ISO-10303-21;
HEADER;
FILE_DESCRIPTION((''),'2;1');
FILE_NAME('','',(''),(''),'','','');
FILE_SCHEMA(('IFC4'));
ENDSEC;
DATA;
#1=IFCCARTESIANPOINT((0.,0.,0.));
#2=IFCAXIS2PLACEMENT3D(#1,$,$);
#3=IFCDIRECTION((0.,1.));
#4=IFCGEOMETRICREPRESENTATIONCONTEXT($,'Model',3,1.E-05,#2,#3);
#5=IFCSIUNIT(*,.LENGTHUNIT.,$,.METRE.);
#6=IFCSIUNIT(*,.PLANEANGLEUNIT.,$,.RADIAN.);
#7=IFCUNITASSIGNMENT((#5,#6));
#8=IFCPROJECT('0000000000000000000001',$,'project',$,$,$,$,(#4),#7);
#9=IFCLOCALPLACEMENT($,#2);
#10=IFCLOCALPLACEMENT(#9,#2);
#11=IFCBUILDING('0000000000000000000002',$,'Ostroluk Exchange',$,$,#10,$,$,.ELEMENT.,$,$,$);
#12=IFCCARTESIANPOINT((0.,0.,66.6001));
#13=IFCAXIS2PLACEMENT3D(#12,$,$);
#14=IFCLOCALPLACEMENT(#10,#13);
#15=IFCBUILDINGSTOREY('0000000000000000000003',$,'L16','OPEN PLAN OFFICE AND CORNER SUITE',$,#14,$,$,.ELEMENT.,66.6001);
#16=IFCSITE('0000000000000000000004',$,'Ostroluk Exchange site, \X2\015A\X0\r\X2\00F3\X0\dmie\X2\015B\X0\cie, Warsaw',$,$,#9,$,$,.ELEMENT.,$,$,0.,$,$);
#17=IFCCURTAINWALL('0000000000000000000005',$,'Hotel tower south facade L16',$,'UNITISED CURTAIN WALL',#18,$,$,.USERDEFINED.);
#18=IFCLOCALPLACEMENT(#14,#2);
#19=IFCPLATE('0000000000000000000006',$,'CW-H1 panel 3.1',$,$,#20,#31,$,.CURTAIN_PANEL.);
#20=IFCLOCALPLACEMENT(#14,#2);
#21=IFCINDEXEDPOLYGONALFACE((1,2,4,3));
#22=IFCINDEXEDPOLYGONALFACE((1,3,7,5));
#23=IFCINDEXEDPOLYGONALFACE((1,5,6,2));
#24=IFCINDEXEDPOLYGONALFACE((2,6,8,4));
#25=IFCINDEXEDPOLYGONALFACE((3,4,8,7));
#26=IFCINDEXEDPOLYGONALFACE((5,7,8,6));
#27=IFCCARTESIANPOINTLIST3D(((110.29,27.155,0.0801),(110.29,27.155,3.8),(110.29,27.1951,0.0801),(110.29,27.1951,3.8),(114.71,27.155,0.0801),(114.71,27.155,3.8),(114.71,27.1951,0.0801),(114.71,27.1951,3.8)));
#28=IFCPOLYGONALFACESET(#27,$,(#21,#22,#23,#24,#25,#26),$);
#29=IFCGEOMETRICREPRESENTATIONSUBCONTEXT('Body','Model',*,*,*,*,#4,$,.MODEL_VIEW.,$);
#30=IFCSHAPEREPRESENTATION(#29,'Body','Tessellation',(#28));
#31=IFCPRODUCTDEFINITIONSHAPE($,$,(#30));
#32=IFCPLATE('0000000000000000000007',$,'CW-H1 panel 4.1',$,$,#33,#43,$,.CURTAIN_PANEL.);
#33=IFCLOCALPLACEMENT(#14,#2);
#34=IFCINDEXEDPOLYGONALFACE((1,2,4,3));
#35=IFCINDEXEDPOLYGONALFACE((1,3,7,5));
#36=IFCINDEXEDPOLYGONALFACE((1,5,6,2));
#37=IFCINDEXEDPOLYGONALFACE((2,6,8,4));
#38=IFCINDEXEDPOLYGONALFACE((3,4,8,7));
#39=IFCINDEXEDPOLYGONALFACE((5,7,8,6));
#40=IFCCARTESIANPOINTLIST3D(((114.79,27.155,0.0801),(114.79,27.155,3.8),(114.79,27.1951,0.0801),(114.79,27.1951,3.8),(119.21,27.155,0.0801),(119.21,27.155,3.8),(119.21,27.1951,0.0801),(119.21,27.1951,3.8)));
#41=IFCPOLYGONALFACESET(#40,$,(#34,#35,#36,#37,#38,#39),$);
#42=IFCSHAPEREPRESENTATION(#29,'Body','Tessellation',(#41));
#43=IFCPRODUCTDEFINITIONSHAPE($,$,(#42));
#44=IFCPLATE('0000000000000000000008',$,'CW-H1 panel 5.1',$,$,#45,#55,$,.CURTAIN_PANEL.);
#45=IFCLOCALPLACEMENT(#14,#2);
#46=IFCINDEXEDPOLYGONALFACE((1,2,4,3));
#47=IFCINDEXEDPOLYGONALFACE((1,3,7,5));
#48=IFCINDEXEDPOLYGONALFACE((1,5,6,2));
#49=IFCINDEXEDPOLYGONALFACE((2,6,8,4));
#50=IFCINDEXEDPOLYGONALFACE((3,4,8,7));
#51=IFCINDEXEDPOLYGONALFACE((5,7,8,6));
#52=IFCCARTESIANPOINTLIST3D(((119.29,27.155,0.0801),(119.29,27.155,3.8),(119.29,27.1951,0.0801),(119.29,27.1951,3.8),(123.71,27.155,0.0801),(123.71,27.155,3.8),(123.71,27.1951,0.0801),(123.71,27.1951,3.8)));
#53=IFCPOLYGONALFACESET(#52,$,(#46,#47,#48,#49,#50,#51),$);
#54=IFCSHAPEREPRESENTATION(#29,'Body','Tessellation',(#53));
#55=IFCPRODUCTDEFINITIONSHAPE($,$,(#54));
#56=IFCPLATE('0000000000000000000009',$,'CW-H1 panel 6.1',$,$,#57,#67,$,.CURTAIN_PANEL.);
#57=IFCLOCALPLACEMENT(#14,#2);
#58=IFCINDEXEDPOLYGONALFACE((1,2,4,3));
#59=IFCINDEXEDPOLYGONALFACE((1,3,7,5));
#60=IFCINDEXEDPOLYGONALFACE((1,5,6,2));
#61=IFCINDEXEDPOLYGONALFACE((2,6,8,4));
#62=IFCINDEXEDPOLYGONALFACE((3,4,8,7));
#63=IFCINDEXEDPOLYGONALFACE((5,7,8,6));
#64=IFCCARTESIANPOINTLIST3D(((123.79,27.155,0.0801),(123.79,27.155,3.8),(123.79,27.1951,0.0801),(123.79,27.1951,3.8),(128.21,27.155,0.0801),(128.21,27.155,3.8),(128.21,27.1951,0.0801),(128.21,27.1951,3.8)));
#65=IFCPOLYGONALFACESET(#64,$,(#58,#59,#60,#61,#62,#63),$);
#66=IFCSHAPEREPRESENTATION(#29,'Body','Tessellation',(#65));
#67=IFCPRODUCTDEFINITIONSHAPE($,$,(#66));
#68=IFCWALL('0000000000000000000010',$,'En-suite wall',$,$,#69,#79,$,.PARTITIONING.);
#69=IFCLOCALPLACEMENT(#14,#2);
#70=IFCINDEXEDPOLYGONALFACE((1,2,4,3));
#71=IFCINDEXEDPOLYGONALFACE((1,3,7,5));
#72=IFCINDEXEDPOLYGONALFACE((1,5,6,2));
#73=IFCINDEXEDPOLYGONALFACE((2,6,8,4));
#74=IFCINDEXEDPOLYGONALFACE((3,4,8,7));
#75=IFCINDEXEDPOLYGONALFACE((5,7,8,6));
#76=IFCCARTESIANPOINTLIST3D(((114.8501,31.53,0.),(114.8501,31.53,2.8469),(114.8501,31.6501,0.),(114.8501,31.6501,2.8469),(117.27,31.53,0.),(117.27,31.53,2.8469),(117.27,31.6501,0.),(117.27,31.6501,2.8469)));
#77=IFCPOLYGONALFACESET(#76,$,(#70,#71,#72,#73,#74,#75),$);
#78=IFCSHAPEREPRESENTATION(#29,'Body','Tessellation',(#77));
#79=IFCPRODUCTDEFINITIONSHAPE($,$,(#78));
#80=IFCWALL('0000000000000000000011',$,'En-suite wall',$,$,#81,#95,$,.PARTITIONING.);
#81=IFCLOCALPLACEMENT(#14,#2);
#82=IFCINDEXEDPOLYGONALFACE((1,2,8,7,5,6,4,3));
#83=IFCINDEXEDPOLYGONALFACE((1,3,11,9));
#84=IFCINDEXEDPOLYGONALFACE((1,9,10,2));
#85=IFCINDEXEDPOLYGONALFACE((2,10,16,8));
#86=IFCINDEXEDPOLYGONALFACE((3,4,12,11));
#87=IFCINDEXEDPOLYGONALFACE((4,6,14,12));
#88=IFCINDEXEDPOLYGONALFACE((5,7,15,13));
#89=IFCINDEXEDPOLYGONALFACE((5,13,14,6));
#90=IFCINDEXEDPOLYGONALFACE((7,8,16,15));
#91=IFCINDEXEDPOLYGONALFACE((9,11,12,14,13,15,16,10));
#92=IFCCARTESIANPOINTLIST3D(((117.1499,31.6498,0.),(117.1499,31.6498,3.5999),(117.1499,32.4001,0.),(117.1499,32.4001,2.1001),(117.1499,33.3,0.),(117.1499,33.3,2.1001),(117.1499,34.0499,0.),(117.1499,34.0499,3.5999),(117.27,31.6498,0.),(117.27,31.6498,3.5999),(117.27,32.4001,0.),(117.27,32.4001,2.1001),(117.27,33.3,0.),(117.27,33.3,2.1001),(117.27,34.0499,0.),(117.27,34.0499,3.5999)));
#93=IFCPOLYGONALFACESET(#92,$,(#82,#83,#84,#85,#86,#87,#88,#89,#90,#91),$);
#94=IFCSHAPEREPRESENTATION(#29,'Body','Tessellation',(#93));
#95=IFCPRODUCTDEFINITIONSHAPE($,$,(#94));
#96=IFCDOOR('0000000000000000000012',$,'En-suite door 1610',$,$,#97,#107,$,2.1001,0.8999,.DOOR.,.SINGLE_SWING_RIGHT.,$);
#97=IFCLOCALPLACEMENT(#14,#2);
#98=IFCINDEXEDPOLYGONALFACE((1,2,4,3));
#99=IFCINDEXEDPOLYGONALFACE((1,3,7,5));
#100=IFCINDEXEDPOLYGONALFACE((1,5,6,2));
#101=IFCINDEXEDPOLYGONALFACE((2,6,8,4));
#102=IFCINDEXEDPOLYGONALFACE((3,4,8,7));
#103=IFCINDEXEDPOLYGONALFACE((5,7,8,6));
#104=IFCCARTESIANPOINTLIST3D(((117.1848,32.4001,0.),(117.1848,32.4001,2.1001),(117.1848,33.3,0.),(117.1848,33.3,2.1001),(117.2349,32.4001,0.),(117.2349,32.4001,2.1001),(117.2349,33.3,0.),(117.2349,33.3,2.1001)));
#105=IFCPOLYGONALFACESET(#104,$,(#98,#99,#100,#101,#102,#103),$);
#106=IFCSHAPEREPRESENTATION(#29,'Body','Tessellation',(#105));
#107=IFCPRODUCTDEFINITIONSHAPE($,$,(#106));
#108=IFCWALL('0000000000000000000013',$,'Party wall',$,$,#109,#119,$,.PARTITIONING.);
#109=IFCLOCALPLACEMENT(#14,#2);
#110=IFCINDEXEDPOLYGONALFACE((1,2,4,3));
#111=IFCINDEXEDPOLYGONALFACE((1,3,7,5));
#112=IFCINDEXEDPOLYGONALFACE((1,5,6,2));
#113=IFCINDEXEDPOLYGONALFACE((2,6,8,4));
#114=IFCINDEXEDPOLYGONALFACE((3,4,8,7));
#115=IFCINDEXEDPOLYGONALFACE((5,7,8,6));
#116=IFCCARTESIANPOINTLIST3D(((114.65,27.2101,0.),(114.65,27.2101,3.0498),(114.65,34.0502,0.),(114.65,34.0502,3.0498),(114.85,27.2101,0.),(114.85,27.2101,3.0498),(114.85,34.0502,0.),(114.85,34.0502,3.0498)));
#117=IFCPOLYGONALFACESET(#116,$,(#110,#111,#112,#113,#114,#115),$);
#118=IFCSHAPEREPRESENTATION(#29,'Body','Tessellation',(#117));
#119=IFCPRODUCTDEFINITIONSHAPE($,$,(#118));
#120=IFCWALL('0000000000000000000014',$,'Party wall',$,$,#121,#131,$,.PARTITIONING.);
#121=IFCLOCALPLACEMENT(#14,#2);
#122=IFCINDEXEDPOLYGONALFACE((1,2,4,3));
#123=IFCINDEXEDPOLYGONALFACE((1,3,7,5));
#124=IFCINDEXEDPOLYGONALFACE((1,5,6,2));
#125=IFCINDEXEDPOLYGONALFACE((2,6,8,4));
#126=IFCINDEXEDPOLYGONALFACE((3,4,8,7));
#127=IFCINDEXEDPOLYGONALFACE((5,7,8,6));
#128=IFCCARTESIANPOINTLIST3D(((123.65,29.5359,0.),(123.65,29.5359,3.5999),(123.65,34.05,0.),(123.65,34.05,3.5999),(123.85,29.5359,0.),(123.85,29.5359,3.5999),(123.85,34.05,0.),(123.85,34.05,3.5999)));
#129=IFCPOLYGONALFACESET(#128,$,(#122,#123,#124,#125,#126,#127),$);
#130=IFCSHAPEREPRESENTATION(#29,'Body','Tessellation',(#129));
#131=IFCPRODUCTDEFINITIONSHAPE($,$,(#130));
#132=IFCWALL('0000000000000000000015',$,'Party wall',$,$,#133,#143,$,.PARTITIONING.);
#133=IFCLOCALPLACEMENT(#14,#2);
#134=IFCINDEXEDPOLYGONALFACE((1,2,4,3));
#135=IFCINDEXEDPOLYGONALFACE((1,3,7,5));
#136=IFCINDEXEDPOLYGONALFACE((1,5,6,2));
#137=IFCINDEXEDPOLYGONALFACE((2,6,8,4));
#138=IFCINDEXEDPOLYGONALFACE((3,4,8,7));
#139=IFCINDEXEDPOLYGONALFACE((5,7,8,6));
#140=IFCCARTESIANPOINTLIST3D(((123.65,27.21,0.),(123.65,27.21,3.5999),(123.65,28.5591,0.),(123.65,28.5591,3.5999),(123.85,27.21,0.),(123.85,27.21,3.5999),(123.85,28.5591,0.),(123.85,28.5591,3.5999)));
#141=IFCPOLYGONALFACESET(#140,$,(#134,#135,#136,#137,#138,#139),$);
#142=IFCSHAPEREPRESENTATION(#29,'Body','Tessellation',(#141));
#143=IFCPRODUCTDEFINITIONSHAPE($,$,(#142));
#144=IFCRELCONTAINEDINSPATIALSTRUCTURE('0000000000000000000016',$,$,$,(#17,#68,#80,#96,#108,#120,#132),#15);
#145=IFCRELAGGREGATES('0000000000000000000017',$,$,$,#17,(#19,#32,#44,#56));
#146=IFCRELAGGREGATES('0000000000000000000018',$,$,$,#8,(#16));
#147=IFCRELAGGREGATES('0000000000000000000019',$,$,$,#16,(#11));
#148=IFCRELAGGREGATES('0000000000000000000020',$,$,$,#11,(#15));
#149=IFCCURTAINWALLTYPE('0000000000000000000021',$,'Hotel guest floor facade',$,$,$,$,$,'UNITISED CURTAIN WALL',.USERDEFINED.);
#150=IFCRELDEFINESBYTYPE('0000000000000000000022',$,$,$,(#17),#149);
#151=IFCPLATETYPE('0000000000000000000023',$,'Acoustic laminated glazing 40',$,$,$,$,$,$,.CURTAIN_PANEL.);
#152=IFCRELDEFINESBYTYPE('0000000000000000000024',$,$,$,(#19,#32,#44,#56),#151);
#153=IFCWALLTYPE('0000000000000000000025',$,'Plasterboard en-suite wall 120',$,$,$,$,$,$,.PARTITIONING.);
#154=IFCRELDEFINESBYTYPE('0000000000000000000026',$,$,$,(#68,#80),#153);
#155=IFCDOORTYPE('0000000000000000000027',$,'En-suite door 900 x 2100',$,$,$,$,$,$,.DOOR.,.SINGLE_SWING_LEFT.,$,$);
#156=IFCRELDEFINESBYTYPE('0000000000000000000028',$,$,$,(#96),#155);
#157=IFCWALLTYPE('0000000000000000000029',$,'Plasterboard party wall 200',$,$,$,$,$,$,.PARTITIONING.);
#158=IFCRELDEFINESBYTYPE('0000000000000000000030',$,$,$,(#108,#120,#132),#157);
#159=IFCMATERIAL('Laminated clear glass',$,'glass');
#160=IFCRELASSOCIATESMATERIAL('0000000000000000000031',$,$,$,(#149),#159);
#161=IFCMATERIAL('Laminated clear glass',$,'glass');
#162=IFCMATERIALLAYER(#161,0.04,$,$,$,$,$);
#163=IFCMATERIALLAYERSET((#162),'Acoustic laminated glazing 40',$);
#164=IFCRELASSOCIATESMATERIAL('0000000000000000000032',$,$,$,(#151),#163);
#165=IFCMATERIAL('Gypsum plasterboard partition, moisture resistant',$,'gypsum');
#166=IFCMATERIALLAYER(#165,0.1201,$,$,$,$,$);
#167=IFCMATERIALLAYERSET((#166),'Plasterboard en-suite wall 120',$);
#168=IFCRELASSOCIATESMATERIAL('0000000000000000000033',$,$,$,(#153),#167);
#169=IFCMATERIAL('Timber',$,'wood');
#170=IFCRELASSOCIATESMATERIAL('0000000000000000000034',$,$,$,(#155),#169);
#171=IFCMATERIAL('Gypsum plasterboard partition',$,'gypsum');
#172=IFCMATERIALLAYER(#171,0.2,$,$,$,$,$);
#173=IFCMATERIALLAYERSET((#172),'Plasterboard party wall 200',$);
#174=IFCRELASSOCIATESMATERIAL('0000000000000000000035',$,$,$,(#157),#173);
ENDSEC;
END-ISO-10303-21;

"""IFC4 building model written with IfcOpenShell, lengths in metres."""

from ifc_helpers import new_model, si_unit, direction, frame, frame_2d, origin, origin_2d, place, context, subcontext, project, spatial, rectangle, extrude, material, layer, layer_set, type_object, element, fill, aggregate, save


model = new_model("IFC4")

# Units and contexts
model_context = context("Model", 3, precision=1e-05, world=origin(), true_north=direction((0.0, 1.0)))
body_context = subcontext(model_context, "Body", "Model", "MODEL_VIEW")
ifc_project = project(units=[si_unit("LENGTHUNIT", "METRE"), si_unit("PLANEANGLEUNIT", "RADIAN")], contexts=[model_context])

# Site, building, storey
site_placement = place(None, origin())
site = spatial("IfcSite", under=ifc_project, at=site_placement, Name="Ostroluk Exchange site, Śródmieście, Warsaw", CompositionType="ELEMENT", RefElevation=0.0)
building_placement = place(site_placement, origin())
building = spatial("IfcBuilding", under=site, at=building_placement, Name="Ostroluk Exchange", CompositionType="ELEMENT")
storey_placement = place(building_placement, frame((0.0, 0.0, 66.6001)))
storey = spatial("IfcBuildingStorey", under=building, at=storey_placement, Name="L16", Description="OPEN PLAN OFFICE AND CORNER SUITE", CompositionType="ELEMENT", Elevation=66.6001)

# Curtain wall, plates
ifc_material_1 = material(Name="Laminated clear glass", Category="glass")
curtain_wall_type = type_object("IfcCurtainWallType", Name="Hotel guest floor facade", ElementType="UNITISED CURTAIN WALL", PredefinedType="USERDEFINED", material=ifc_material_1)
curtain_wall_placement = place(storey_placement, origin())
curtain_wall = element("IfcCurtainWall", 1, at=curtain_wall_placement, inside=storey, type_object=curtain_wall_type, Name="Hotel tower south facade L16", ObjectType="UNITISED CURTAIN WALL", PredefinedType="USERDEFINED")
ifc_material_2 = material(Name="Laminated clear glass", Category="glass")
ifc_layer_1 = layer(ifc_material_2, 0.04)
ifc_layer_set_1 = layer_set([ifc_layer_1], Name="Acoustic laminated glazing 40")
plate_type = type_object("IfcPlateType", Name="Acoustic laminated glazing 40", PredefinedType="CURTAIN_PANEL", material=ifc_layer_set_1)
plate_1_placement = place(storey_placement, frame((112.5, 27.175, 0.0801), z_axis=(0.0, 0.0, 1.0), x_axis=(1.0, 0.0, 0.0)))
plate_1 = element("IfcPlate", 2, at=plate_1_placement, type_object=plate_type, Name="CW-H1 panel 3.1", PredefinedType="CURTAIN_PANEL", context=body_context, shape_type="SweptSolid", body=[
    extrude(rectangle(XDim=4.4199, YDim=0.04, at=origin_2d()), origin(), (0.0, 0.0, 1.0), 3.72),
])
plate_2_placement = place(storey_placement, frame((117.0, 27.175, 0.0801), z_axis=(0.0, 0.0, 1.0), x_axis=(1.0, 0.0, 0.0)))
plate_2 = element("IfcPlate", 3, at=plate_2_placement, type_object=plate_type, Name="CW-H1 panel 4.1", PredefinedType="CURTAIN_PANEL", context=body_context, shape_type="SweptSolid", body=[
    extrude(rectangle(XDim=4.4199, YDim=0.04, at=origin_2d()), origin(), (0.0, 0.0, 1.0), 3.72),
])
plate_3_placement = place(storey_placement, frame((121.5, 27.175, 0.0801), z_axis=(0.0, 0.0, 1.0), x_axis=(1.0, 0.0, 0.0)))
plate_3 = element("IfcPlate", 4, at=plate_3_placement, type_object=plate_type, Name="CW-H1 panel 5.1", PredefinedType="CURTAIN_PANEL", context=body_context, shape_type="SweptSolid", body=[
    extrude(rectangle(XDim=4.4199, YDim=0.04, at=origin_2d()), origin(), (0.0, 0.0, 1.0), 3.72),
])
plate_4_placement = place(storey_placement, frame((126.0, 27.175, 0.0801), z_axis=(0.0, 0.0, 1.0), x_axis=(1.0, 0.0, 0.0)))
plate_4 = element("IfcPlate", 5, at=plate_4_placement, type_object=plate_type, Name="CW-H1 panel 6.1", PredefinedType="CURTAIN_PANEL", context=body_context, shape_type="SweptSolid", body=[
    extrude(rectangle(XDim=4.4199, YDim=0.04, at=origin_2d()), origin(), (0.0, 0.0, 1.0), 3.72),
])
aggregate(curtain_wall, [plate_1, plate_2, plate_3, plate_4])

# Wall
ifc_material_3 = material(Name="Gypsum plasterboard partition, moisture resistant", Category="gypsum")
ifc_layer_2 = layer(ifc_material_3, 0.1201)
ifc_layer_set_2 = layer_set([ifc_layer_2], Name="Plasterboard en-suite wall 120")
wall_type_1 = type_object("IfcWallType", Name="Plasterboard en-suite wall 120", PredefinedType="PARTITIONING", material=ifc_layer_set_2)
wall_1_placement = place(storey_placement, frame((114.8501, 31.5901, 0.0), z_axis=(0.0, 0.0, 1.0), x_axis=(1.0, 0.0, 0.0)))
element("IfcWall", 6, at=wall_1_placement, inside=storey, type_object=wall_type_1, Name="En-suite wall", PredefinedType="PARTITIONING", context=body_context, shape_type="SweptSolid", body=[
    extrude(rectangle(XDim=2.4199, YDim=0.1201, at=frame_2d((1.21, 0.0))), origin(), (0.0, 0.0, 1.0), 2.8469),
])

# Wall, opening, door
wall_2_placement = place(storey_placement, frame((117.21, 34.05, 0.0), z_axis=(0.0, 0.0, 1.0), x_axis=(0.0, -1.0, 0.0)))
wall_2 = element("IfcWall", 7, at=wall_2_placement, inside=storey, type_object=wall_type_1, Name="En-suite wall", PredefinedType="PARTITIONING", context=body_context, shape_type="SweptSolid", body=[
    extrude(rectangle(XDim=2.4001, YDim=0.1201, at=frame_2d((1.2002, 0.0))), origin(), (0.0, 0.0, 1.0), 3.5999),
])
opening_placement = place(wall_2_placement, frame((0.75, 0.0, 0.0)))
opening = element("IfcOpeningElement", 8, at=opening_placement, cuts=wall_2, PredefinedType="OPENING", context=body_context, shape_type="SweptSolid", body=[
    extrude(rectangle(XDim=0.8999, YDim=2.1001, at=frame_2d((0.45, 1.05))), frame((0.0, 0.0701, 0.0), z_axis=(0.0, -1.0, 0.0), x_axis=(1.0, 0.0, 0.0)), (0.0, 0.0, 1.0), 0.1401),
])
ifc_material_4 = material(Name="Timber", Category="wood")
door_type = type_object("IfcDoorType", Name="En-suite door 900 x 2100", OperationType="SINGLE_SWING_LEFT", PredefinedType="DOOR", material=ifc_material_4)
door_placement = place(opening_placement, origin())
door = element("IfcDoor", 9, at=door_placement, inside=storey, type_object=door_type, Name="En-suite door 1610", OperationType="SINGLE_SWING_RIGHT", OverallHeight=2.1001, OverallWidth=0.8999, PredefinedType="DOOR", context=body_context, shape_type="SweptSolid", body=[
    extrude(rectangle(XDim=0.8999, YDim=2.1001, at=frame_2d((0.45, 1.05))), frame((0.0, 0.0249, 0.0), z_axis=(0.0, -1.0, 0.0), x_axis=(1.0, 0.0, 0.0)), (0.0, 0.0, 1.0), 0.05),
])
fill(opening, door)

# Walls
ifc_material_5 = material(Name="Gypsum plasterboard partition", Category="gypsum")
ifc_layer_3 = layer(ifc_material_5, 0.2)
ifc_layer_set_3 = layer_set([ifc_layer_3], Name="Plasterboard party wall 200")
wall_type_2 = type_object("IfcWallType", Name="Plasterboard party wall 200", PredefinedType="PARTITIONING", material=ifc_layer_set_3)
wall_3_placement = place(storey_placement, frame((114.75, 34.05, 0.0), z_axis=(0.0, 0.0, 1.0), x_axis=(0.0, -1.0, 0.0)))
element("IfcWall", 10, at=wall_3_placement, inside=storey, type_object=wall_type_2, Name="Party wall", PredefinedType="PARTITIONING", context=body_context, shape_type="SweptSolid", body=[
    extrude(rectangle(XDim=6.8401, YDim=0.2, at=frame_2d((3.4199, 0.0))), origin(), (0.0, 0.0, 1.0), 3.0498),
])
wall_4_placement = place(storey_placement, frame((123.75, 34.05, 0.0), z_axis=(0.0, 0.0, 1.0), x_axis=(0.0, -1.0, 0.0)))
element("IfcWall", 11, at=wall_4_placement, inside=storey, type_object=wall_type_2, Name="Party wall", PredefinedType="PARTITIONING", context=body_context, shape_type="SweptSolid", body=[
    extrude(rectangle(XDim=4.5142, YDim=0.2, at=frame_2d((2.2571, 0.0))), origin(), (0.0, 0.0, 1.0), 3.5999),
])
wall_5_placement = place(storey_placement, frame((123.75, 28.5591, 0.0), z_axis=(0.0, 0.0, 1.0), x_axis=(0.0, -1.0, 0.0)))
element("IfcWall", 12, at=wall_5_placement, inside=storey, type_object=wall_type_2, Name="Party wall", PredefinedType="PARTITIONING", context=body_context, shape_type="SweptSolid", body=[
    extrude(rectangle(XDim=1.3491, YDim=0.2, at=frame_2d((0.6746, 0.0))), origin(), (0.0, 0.0, 1.0), 3.5999),
])

save(model, "model.ifc")
